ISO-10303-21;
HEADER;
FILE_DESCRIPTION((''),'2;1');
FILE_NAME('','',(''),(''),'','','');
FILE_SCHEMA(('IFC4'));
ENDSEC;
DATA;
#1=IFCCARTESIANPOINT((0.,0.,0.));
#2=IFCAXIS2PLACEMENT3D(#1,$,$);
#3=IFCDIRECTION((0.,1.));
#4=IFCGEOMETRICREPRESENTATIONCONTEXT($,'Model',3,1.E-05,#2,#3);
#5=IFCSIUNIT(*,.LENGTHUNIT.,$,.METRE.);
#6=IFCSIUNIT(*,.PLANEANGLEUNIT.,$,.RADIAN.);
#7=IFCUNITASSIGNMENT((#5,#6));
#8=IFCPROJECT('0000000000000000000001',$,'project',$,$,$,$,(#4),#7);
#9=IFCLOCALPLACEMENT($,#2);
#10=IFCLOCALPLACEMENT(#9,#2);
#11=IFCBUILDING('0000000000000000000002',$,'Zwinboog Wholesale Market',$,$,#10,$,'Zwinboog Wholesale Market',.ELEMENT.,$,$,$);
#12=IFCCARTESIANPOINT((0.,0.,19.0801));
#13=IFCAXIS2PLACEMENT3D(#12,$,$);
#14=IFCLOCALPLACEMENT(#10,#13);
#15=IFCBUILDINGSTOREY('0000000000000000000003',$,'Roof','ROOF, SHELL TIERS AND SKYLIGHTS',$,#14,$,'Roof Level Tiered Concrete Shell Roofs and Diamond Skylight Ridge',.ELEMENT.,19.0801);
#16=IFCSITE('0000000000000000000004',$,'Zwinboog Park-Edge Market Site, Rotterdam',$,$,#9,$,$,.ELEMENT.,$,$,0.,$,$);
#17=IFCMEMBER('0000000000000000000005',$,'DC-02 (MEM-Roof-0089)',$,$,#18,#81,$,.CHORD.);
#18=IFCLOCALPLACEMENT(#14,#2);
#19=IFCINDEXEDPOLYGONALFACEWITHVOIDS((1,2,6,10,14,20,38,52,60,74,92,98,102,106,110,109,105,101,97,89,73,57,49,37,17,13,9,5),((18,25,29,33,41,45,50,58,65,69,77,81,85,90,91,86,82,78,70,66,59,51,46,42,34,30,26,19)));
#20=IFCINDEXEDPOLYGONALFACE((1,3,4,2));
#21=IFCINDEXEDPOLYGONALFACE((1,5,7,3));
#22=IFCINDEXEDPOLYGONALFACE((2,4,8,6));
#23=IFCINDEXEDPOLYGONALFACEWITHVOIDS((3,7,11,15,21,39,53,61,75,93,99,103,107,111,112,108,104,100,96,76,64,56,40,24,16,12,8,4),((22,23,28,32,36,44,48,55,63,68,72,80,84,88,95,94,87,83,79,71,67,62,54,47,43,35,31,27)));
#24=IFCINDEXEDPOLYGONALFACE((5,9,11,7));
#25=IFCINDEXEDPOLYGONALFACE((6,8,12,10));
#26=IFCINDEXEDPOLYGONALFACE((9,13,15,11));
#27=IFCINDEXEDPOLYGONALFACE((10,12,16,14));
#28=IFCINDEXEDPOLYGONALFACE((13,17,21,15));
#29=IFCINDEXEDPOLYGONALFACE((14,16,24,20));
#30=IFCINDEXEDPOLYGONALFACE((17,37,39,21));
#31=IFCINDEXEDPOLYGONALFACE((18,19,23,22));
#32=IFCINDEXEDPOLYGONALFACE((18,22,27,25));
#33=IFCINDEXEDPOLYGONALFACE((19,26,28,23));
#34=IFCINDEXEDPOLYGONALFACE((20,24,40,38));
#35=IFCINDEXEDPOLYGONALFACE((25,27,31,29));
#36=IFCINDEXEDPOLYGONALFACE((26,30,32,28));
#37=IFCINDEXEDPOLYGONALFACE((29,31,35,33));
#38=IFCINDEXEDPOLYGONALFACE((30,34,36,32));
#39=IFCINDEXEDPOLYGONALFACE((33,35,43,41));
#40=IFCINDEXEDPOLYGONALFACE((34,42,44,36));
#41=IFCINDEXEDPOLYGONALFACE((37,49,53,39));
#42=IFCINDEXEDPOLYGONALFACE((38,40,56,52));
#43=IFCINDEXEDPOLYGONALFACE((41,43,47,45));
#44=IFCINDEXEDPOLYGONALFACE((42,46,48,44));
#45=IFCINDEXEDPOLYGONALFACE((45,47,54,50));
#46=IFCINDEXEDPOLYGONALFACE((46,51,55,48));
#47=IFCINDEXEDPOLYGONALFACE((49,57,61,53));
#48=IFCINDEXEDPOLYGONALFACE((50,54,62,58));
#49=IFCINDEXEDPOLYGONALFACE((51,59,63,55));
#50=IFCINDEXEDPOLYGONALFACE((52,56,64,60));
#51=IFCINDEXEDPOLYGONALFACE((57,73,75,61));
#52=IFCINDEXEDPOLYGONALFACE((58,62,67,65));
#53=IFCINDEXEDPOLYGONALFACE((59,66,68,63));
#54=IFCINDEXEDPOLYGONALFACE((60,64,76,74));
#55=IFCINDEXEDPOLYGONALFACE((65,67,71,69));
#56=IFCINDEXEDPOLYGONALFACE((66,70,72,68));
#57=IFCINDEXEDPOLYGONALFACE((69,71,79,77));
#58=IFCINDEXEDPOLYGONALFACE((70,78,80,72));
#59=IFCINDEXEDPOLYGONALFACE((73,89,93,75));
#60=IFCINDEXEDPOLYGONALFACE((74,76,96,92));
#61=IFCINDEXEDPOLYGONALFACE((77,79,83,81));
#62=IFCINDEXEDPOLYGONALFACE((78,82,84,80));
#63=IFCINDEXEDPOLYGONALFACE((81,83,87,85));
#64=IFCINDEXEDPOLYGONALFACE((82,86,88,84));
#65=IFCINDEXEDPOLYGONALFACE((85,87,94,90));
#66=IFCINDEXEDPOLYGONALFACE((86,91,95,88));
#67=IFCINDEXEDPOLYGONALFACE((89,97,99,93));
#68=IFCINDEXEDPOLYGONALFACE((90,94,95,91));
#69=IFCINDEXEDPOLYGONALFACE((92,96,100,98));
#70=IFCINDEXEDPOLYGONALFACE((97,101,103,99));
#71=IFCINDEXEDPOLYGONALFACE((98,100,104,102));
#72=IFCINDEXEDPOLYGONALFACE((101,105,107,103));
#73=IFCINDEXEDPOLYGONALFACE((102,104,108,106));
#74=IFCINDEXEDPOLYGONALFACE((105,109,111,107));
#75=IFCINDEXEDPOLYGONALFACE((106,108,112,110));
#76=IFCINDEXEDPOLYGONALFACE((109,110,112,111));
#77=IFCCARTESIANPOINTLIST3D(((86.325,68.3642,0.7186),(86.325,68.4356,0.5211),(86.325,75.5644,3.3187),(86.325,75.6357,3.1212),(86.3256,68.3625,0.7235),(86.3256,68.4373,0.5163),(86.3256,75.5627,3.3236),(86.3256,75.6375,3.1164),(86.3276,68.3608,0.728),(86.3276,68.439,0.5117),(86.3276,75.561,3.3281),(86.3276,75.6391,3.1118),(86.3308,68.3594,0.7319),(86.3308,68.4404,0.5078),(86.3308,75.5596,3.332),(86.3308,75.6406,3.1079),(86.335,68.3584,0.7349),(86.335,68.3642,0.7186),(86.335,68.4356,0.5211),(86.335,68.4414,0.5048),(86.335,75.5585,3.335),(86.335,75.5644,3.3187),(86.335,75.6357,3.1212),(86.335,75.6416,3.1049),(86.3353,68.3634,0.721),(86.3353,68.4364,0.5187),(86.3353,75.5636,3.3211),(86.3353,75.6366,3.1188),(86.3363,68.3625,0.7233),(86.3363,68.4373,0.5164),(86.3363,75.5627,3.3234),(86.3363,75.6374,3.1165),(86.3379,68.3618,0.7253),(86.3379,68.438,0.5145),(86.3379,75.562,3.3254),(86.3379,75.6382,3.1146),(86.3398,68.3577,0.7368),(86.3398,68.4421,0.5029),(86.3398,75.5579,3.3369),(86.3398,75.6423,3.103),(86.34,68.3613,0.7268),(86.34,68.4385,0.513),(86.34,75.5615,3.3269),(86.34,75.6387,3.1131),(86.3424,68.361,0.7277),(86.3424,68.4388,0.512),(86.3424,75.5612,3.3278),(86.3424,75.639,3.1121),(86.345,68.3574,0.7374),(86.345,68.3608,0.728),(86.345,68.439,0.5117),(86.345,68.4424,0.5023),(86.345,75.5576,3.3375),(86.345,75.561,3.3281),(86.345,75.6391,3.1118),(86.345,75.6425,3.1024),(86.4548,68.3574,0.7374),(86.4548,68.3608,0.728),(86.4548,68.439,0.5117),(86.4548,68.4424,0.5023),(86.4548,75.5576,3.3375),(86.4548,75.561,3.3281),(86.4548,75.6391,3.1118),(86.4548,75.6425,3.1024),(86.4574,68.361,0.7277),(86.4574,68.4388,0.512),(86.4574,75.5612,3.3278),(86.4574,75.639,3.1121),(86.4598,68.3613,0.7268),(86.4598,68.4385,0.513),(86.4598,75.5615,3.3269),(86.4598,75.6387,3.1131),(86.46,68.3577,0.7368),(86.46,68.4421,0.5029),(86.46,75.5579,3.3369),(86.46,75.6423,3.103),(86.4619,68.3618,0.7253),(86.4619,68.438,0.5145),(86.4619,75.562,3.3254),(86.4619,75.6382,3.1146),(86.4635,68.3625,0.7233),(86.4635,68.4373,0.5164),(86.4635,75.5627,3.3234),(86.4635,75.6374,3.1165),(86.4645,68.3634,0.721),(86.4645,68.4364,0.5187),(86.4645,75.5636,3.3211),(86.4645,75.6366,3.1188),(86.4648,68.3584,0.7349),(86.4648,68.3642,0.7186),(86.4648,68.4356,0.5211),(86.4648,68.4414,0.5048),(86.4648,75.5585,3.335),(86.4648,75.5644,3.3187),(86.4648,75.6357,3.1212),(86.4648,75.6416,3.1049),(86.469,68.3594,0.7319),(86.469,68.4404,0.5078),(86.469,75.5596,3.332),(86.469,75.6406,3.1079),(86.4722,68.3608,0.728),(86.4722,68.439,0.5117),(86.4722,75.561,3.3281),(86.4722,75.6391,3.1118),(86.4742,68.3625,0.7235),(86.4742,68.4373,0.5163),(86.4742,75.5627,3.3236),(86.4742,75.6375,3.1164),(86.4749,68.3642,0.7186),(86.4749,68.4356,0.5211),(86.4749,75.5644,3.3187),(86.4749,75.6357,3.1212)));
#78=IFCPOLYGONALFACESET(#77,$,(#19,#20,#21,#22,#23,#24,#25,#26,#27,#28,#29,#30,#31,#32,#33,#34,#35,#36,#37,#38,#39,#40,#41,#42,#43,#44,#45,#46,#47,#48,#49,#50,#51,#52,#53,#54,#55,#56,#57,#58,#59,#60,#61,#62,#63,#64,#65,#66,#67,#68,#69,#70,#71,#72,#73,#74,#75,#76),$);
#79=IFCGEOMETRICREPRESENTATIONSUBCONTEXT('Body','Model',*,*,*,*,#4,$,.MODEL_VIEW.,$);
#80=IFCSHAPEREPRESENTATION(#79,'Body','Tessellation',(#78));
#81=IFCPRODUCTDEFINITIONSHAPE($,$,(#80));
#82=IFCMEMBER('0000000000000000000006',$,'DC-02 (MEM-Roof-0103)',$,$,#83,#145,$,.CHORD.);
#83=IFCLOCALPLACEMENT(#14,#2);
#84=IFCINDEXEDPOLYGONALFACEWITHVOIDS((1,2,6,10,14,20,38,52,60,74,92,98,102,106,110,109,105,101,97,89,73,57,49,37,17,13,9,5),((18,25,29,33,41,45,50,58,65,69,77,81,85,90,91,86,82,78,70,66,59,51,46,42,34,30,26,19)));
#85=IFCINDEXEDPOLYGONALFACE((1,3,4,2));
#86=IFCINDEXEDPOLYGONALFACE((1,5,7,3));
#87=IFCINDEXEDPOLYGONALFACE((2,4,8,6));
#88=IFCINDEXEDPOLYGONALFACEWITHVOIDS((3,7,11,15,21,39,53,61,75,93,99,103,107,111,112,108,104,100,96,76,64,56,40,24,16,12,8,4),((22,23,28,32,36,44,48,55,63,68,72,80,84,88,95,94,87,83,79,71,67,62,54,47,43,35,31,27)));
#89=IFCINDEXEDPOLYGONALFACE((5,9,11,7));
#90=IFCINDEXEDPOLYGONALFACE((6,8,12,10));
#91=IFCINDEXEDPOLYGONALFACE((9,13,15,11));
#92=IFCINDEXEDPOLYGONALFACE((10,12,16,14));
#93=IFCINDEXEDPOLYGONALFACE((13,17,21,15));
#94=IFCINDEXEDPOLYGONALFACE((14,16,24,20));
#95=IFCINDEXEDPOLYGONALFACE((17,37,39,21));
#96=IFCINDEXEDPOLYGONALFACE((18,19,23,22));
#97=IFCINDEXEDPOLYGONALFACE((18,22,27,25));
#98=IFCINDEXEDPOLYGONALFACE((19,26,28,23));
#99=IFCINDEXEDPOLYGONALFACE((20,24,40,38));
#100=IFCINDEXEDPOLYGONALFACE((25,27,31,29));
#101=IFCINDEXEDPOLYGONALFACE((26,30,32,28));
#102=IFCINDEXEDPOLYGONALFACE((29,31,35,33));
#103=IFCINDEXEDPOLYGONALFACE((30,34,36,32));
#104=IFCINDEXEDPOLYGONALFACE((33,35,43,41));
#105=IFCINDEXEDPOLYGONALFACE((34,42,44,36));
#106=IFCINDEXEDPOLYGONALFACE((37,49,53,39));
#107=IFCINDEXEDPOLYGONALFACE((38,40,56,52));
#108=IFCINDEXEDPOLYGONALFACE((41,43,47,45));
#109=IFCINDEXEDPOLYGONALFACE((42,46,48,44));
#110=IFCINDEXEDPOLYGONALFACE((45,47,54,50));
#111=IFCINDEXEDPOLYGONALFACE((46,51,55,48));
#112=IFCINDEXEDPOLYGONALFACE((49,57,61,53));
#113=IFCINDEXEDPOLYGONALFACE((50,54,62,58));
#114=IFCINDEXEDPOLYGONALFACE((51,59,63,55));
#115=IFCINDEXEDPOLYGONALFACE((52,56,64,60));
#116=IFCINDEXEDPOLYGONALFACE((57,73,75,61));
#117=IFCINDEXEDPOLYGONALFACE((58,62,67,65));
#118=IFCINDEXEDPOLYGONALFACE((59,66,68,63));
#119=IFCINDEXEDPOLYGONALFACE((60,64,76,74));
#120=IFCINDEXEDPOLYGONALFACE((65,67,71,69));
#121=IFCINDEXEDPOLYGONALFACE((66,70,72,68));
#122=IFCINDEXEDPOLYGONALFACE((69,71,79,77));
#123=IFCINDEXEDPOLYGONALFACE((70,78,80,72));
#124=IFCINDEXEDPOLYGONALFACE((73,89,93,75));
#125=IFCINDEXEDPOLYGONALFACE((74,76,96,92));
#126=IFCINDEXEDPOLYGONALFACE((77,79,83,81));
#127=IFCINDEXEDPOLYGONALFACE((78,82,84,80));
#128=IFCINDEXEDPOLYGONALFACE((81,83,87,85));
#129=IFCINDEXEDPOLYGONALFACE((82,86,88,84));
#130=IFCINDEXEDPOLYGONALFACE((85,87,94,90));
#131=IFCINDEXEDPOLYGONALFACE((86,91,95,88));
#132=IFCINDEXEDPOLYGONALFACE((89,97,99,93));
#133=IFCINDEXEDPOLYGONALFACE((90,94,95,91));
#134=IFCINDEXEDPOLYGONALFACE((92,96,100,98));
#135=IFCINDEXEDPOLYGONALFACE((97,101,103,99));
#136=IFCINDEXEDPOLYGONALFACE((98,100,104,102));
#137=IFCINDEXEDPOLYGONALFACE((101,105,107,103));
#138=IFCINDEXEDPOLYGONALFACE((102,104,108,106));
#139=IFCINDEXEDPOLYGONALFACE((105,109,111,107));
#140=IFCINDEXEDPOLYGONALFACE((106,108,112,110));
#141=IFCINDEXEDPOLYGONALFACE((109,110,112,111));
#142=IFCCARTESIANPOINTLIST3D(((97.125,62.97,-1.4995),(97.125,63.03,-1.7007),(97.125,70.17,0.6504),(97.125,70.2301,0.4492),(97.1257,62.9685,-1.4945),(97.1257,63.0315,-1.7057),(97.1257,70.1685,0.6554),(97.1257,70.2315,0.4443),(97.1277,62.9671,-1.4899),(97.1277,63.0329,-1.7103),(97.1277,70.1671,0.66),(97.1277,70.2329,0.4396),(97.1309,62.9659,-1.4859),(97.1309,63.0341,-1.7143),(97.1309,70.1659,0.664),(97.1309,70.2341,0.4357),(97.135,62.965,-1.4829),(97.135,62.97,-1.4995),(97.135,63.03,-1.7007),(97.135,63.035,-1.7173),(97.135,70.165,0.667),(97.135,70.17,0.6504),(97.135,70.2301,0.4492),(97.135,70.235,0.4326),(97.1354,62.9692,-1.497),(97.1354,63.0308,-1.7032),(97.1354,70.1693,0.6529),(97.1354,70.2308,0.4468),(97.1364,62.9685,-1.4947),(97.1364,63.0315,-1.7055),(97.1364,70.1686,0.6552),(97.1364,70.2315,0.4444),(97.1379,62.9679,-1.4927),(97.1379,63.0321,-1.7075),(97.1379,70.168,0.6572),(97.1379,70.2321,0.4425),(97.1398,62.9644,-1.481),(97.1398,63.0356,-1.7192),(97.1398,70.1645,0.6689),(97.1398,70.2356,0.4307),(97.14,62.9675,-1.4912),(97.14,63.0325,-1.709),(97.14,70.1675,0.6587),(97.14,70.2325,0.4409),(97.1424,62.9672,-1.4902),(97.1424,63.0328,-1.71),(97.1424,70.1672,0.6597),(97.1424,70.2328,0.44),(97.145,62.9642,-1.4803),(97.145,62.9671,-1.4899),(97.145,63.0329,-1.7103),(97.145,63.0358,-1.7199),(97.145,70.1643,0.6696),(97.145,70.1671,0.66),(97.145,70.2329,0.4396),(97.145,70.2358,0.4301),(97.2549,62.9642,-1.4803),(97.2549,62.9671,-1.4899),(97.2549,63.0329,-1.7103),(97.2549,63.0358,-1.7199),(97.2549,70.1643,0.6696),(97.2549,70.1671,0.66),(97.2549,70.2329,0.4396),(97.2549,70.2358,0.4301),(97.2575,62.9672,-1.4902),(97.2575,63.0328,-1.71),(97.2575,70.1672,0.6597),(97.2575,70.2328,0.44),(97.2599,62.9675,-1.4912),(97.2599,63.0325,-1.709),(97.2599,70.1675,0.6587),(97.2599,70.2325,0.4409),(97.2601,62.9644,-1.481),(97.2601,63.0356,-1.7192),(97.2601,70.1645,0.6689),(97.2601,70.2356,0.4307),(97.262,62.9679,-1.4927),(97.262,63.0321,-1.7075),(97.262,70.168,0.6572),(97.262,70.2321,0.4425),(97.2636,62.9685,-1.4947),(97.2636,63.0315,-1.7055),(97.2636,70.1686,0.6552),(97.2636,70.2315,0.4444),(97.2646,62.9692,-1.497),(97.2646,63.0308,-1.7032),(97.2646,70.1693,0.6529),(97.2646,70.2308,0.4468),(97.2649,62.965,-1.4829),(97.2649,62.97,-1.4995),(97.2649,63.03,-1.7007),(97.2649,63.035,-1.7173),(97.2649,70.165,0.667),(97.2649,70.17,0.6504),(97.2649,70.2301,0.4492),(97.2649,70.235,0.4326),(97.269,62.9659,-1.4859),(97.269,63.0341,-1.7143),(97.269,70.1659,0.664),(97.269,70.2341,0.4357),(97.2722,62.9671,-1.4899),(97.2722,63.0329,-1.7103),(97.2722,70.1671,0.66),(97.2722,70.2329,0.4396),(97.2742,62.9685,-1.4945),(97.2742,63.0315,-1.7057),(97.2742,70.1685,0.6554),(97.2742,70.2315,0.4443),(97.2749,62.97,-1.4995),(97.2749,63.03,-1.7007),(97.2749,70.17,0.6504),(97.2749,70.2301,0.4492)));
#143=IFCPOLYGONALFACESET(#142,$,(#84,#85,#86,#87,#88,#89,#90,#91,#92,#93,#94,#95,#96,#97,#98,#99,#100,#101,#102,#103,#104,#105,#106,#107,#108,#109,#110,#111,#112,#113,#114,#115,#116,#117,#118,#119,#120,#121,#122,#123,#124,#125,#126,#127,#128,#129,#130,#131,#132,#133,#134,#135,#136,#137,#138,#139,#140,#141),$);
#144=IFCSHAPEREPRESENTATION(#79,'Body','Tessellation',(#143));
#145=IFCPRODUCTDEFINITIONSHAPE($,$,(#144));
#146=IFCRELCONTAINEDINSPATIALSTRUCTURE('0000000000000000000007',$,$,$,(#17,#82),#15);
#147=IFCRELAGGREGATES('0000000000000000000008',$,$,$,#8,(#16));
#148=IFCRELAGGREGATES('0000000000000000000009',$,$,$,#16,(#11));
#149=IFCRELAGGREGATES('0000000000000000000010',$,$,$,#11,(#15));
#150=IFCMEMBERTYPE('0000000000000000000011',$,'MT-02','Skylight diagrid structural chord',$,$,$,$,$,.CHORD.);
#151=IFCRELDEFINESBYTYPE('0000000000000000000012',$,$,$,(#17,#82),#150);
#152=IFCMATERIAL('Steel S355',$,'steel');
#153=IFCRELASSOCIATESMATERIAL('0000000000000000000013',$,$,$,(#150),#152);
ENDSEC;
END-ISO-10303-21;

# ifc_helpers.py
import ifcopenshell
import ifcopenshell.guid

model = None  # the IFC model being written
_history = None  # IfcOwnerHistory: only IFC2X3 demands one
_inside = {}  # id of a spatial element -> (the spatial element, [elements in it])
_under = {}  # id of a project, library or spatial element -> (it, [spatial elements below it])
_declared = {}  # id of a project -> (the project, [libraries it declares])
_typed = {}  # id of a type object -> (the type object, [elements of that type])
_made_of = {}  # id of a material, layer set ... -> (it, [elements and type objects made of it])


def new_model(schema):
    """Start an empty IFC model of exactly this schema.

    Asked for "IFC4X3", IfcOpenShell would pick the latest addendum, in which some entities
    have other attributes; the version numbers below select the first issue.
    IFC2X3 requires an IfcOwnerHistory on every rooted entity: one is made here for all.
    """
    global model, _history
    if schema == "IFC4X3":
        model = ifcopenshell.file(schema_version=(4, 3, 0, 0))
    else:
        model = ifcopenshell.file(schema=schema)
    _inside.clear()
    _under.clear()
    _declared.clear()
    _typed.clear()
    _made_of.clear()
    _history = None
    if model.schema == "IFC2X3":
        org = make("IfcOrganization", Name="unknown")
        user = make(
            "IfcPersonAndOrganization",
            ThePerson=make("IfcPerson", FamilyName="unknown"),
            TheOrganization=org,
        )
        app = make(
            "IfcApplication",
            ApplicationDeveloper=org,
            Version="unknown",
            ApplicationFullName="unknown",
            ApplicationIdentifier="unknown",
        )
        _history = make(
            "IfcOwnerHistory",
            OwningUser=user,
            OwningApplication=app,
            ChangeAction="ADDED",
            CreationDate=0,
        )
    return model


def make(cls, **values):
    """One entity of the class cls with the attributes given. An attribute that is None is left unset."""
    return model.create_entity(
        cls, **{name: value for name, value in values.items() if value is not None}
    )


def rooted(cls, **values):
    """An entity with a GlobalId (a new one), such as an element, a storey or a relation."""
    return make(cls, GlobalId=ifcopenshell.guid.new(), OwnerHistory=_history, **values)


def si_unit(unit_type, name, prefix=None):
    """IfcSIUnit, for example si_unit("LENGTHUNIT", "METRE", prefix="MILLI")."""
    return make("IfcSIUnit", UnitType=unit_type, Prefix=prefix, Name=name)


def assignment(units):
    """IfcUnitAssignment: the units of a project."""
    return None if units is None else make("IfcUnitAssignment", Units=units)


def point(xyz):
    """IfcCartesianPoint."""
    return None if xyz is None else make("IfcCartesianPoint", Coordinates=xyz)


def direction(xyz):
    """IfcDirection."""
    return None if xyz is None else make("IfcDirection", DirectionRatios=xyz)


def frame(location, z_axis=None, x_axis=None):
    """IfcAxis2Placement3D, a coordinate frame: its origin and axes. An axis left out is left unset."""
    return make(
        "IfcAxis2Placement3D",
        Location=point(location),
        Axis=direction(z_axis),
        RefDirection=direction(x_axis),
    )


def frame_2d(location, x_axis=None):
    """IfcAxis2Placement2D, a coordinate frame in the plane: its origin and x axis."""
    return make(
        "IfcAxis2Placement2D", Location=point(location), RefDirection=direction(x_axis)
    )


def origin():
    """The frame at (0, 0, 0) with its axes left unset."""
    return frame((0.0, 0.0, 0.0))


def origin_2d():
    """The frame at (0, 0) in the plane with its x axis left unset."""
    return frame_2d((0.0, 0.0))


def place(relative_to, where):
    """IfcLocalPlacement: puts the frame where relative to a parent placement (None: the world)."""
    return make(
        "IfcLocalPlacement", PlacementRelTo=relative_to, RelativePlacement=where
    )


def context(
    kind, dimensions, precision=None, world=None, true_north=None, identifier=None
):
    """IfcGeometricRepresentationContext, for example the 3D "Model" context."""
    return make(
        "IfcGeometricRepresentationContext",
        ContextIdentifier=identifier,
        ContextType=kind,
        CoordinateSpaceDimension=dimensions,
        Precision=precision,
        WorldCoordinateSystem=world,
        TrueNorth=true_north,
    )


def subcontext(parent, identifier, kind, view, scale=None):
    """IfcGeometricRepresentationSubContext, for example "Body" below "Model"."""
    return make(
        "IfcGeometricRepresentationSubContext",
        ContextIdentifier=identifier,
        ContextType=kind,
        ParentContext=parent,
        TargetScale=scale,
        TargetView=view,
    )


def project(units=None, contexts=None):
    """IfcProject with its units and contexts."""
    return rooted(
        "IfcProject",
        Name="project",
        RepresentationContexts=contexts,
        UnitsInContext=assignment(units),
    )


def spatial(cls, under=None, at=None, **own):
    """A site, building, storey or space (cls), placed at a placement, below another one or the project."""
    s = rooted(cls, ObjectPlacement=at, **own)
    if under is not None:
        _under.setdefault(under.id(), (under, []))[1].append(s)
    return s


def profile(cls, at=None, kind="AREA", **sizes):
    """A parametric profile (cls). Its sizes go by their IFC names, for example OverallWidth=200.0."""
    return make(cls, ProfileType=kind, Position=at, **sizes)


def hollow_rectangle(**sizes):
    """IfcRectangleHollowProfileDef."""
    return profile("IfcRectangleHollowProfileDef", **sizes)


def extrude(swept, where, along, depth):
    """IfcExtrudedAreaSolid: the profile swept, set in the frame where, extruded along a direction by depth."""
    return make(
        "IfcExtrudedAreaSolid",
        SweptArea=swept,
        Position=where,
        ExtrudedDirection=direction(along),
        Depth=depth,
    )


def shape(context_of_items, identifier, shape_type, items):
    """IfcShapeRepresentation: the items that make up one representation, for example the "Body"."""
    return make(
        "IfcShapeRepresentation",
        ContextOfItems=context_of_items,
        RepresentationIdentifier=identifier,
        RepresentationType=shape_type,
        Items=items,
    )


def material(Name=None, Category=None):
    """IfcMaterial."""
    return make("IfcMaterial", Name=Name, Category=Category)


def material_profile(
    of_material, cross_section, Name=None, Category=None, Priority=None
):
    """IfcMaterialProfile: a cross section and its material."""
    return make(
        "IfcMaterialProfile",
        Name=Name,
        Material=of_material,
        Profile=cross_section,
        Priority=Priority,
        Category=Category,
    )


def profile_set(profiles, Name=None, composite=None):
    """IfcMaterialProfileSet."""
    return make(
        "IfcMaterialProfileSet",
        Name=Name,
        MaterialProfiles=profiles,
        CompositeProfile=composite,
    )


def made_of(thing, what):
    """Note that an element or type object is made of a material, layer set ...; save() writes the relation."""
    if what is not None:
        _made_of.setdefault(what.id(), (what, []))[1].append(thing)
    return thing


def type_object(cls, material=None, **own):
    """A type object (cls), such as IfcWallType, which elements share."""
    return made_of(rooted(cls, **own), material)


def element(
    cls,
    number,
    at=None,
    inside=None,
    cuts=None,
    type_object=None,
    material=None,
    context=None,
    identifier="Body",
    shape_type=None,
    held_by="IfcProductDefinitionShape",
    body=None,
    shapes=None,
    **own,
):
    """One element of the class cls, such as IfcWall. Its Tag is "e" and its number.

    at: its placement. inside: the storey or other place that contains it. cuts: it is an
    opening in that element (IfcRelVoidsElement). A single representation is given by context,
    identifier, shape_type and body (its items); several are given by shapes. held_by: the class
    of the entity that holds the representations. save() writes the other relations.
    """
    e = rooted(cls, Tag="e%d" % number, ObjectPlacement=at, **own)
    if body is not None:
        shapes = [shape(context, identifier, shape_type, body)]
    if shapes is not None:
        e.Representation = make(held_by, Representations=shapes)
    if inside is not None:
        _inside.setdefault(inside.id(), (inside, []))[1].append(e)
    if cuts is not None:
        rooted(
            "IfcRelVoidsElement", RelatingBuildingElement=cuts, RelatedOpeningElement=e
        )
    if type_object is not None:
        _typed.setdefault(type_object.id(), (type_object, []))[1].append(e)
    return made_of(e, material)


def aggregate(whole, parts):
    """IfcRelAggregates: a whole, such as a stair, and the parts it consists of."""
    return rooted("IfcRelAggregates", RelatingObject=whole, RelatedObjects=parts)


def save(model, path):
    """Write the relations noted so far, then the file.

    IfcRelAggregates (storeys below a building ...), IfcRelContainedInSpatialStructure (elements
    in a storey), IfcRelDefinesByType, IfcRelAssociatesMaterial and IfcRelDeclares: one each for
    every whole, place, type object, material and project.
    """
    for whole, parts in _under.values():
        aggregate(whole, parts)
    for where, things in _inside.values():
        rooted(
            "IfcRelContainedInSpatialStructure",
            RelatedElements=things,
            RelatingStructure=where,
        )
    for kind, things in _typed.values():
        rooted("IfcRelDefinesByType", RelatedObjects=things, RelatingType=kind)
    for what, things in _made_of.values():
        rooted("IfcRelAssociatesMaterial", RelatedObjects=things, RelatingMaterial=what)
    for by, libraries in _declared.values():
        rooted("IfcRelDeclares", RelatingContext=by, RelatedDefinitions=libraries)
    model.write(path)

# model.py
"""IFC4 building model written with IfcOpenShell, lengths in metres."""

from ifc_helpers import new_model, si_unit, direction, frame, origin, origin_2d, place, context, subcontext, project, spatial, hollow_rectangle, extrude, material, material_profile, profile_set, type_object, element, save


model = new_model("IFC4")

# Units and contexts
model_context = context("Model", 3, precision=1e-05, world=origin(), true_north=direction((0.0, 1.0)))
body_context = subcontext(model_context, "Body", "Model", "MODEL_VIEW")
ifc_project = project(units=[si_unit("LENGTHUNIT", "METRE"), si_unit("PLANEANGLEUNIT", "RADIAN")], contexts=[model_context])

# Site, building, storey
site_placement = place(None, origin())
site = spatial("IfcSite", under=ifc_project, at=site_placement, Name="Zwinboog Park-Edge Market Site, Rotterdam", CompositionType="ELEMENT", RefElevation=0.0)
building_placement = place(site_placement, origin())
building = spatial("IfcBuilding", under=site, at=building_placement, Name="Zwinboog Wholesale Market", LongName="Zwinboog Wholesale Market", CompositionType="ELEMENT")
storey_placement = place(building_placement, frame((0.0, 0.0, 19.0801)))
storey = spatial("IfcBuildingStorey", under=building, at=storey_placement, Name="Roof", Description="ROOF, SHELL TIERS AND SKYLIGHTS", LongName="Roof Level Tiered Concrete Shell Roofs and Diamond Skylight Ridge", CompositionType="ELEMENT", Elevation=19.0801)

# Members
ifc_material_1 = material(Name="Steel S355", Category="steel")
ifc_material_profile_1 = material_profile(ifc_material_1, hollow_rectangle(XDim=0.1499, YDim=0.25, WallThickness=0.01, InnerFilletRadius=0.01, OuterFilletRadius=0.02, at=origin_2d()), Name="RHS 250x150x10")
ifc_profile_set_1 = profile_set([ifc_material_profile_1], Name="Steel S355")
member_type_1 = type_object("IfcMemberType", Name="MT-02", Description="Skylight diagrid structural chord", PredefinedType="CHORD", material=ifc_profile_set_1)
member_1_placement = place(storey_placement, frame((86.3999, 68.3999, 0.6199), z_axis=(0.0, 0.940553, 0.339648), x_axis=(-1.0, 0.0, 0.0)))
element("IfcMember", 1, at=member_1_placement, inside=storey, type_object=member_type_1, Name="DC-02 (MEM-Roof-0089)", PredefinedType="CHORD", context=body_context, shape_type="SweptSolid", body=[
    extrude(hollow_rectangle(XDim=0.1499, YDim=0.25, WallThickness=0.01, InnerFilletRadius=0.01, OuterFilletRadius=0.02, at=origin_2d()), origin(), (0.0, 0.0, 1.0), 7.6553),
])
member_2_placement = place(storey_placement, frame((97.2, 63.0, -1.6001), z_axis=(0.0, 0.958195, 0.286117), x_axis=(-1.0, 0.0, 0.0)))
element("IfcMember", 2, at=member_2_placement, inside=storey, type_object=member_type_1, Name="DC-02 (MEM-Roof-0103)", PredefinedType="CHORD", context=body_context, shape_type="SweptSolid", body=[
    extrude(hollow_rectangle(XDim=0.1499, YDim=0.25, WallThickness=0.01, InnerFilletRadius=0.01, OuterFilletRadius=0.02, at=origin_2d()), origin(), (0.0, 0.0, 1.0), 7.5142),
])

save(model, "model.ifc")
